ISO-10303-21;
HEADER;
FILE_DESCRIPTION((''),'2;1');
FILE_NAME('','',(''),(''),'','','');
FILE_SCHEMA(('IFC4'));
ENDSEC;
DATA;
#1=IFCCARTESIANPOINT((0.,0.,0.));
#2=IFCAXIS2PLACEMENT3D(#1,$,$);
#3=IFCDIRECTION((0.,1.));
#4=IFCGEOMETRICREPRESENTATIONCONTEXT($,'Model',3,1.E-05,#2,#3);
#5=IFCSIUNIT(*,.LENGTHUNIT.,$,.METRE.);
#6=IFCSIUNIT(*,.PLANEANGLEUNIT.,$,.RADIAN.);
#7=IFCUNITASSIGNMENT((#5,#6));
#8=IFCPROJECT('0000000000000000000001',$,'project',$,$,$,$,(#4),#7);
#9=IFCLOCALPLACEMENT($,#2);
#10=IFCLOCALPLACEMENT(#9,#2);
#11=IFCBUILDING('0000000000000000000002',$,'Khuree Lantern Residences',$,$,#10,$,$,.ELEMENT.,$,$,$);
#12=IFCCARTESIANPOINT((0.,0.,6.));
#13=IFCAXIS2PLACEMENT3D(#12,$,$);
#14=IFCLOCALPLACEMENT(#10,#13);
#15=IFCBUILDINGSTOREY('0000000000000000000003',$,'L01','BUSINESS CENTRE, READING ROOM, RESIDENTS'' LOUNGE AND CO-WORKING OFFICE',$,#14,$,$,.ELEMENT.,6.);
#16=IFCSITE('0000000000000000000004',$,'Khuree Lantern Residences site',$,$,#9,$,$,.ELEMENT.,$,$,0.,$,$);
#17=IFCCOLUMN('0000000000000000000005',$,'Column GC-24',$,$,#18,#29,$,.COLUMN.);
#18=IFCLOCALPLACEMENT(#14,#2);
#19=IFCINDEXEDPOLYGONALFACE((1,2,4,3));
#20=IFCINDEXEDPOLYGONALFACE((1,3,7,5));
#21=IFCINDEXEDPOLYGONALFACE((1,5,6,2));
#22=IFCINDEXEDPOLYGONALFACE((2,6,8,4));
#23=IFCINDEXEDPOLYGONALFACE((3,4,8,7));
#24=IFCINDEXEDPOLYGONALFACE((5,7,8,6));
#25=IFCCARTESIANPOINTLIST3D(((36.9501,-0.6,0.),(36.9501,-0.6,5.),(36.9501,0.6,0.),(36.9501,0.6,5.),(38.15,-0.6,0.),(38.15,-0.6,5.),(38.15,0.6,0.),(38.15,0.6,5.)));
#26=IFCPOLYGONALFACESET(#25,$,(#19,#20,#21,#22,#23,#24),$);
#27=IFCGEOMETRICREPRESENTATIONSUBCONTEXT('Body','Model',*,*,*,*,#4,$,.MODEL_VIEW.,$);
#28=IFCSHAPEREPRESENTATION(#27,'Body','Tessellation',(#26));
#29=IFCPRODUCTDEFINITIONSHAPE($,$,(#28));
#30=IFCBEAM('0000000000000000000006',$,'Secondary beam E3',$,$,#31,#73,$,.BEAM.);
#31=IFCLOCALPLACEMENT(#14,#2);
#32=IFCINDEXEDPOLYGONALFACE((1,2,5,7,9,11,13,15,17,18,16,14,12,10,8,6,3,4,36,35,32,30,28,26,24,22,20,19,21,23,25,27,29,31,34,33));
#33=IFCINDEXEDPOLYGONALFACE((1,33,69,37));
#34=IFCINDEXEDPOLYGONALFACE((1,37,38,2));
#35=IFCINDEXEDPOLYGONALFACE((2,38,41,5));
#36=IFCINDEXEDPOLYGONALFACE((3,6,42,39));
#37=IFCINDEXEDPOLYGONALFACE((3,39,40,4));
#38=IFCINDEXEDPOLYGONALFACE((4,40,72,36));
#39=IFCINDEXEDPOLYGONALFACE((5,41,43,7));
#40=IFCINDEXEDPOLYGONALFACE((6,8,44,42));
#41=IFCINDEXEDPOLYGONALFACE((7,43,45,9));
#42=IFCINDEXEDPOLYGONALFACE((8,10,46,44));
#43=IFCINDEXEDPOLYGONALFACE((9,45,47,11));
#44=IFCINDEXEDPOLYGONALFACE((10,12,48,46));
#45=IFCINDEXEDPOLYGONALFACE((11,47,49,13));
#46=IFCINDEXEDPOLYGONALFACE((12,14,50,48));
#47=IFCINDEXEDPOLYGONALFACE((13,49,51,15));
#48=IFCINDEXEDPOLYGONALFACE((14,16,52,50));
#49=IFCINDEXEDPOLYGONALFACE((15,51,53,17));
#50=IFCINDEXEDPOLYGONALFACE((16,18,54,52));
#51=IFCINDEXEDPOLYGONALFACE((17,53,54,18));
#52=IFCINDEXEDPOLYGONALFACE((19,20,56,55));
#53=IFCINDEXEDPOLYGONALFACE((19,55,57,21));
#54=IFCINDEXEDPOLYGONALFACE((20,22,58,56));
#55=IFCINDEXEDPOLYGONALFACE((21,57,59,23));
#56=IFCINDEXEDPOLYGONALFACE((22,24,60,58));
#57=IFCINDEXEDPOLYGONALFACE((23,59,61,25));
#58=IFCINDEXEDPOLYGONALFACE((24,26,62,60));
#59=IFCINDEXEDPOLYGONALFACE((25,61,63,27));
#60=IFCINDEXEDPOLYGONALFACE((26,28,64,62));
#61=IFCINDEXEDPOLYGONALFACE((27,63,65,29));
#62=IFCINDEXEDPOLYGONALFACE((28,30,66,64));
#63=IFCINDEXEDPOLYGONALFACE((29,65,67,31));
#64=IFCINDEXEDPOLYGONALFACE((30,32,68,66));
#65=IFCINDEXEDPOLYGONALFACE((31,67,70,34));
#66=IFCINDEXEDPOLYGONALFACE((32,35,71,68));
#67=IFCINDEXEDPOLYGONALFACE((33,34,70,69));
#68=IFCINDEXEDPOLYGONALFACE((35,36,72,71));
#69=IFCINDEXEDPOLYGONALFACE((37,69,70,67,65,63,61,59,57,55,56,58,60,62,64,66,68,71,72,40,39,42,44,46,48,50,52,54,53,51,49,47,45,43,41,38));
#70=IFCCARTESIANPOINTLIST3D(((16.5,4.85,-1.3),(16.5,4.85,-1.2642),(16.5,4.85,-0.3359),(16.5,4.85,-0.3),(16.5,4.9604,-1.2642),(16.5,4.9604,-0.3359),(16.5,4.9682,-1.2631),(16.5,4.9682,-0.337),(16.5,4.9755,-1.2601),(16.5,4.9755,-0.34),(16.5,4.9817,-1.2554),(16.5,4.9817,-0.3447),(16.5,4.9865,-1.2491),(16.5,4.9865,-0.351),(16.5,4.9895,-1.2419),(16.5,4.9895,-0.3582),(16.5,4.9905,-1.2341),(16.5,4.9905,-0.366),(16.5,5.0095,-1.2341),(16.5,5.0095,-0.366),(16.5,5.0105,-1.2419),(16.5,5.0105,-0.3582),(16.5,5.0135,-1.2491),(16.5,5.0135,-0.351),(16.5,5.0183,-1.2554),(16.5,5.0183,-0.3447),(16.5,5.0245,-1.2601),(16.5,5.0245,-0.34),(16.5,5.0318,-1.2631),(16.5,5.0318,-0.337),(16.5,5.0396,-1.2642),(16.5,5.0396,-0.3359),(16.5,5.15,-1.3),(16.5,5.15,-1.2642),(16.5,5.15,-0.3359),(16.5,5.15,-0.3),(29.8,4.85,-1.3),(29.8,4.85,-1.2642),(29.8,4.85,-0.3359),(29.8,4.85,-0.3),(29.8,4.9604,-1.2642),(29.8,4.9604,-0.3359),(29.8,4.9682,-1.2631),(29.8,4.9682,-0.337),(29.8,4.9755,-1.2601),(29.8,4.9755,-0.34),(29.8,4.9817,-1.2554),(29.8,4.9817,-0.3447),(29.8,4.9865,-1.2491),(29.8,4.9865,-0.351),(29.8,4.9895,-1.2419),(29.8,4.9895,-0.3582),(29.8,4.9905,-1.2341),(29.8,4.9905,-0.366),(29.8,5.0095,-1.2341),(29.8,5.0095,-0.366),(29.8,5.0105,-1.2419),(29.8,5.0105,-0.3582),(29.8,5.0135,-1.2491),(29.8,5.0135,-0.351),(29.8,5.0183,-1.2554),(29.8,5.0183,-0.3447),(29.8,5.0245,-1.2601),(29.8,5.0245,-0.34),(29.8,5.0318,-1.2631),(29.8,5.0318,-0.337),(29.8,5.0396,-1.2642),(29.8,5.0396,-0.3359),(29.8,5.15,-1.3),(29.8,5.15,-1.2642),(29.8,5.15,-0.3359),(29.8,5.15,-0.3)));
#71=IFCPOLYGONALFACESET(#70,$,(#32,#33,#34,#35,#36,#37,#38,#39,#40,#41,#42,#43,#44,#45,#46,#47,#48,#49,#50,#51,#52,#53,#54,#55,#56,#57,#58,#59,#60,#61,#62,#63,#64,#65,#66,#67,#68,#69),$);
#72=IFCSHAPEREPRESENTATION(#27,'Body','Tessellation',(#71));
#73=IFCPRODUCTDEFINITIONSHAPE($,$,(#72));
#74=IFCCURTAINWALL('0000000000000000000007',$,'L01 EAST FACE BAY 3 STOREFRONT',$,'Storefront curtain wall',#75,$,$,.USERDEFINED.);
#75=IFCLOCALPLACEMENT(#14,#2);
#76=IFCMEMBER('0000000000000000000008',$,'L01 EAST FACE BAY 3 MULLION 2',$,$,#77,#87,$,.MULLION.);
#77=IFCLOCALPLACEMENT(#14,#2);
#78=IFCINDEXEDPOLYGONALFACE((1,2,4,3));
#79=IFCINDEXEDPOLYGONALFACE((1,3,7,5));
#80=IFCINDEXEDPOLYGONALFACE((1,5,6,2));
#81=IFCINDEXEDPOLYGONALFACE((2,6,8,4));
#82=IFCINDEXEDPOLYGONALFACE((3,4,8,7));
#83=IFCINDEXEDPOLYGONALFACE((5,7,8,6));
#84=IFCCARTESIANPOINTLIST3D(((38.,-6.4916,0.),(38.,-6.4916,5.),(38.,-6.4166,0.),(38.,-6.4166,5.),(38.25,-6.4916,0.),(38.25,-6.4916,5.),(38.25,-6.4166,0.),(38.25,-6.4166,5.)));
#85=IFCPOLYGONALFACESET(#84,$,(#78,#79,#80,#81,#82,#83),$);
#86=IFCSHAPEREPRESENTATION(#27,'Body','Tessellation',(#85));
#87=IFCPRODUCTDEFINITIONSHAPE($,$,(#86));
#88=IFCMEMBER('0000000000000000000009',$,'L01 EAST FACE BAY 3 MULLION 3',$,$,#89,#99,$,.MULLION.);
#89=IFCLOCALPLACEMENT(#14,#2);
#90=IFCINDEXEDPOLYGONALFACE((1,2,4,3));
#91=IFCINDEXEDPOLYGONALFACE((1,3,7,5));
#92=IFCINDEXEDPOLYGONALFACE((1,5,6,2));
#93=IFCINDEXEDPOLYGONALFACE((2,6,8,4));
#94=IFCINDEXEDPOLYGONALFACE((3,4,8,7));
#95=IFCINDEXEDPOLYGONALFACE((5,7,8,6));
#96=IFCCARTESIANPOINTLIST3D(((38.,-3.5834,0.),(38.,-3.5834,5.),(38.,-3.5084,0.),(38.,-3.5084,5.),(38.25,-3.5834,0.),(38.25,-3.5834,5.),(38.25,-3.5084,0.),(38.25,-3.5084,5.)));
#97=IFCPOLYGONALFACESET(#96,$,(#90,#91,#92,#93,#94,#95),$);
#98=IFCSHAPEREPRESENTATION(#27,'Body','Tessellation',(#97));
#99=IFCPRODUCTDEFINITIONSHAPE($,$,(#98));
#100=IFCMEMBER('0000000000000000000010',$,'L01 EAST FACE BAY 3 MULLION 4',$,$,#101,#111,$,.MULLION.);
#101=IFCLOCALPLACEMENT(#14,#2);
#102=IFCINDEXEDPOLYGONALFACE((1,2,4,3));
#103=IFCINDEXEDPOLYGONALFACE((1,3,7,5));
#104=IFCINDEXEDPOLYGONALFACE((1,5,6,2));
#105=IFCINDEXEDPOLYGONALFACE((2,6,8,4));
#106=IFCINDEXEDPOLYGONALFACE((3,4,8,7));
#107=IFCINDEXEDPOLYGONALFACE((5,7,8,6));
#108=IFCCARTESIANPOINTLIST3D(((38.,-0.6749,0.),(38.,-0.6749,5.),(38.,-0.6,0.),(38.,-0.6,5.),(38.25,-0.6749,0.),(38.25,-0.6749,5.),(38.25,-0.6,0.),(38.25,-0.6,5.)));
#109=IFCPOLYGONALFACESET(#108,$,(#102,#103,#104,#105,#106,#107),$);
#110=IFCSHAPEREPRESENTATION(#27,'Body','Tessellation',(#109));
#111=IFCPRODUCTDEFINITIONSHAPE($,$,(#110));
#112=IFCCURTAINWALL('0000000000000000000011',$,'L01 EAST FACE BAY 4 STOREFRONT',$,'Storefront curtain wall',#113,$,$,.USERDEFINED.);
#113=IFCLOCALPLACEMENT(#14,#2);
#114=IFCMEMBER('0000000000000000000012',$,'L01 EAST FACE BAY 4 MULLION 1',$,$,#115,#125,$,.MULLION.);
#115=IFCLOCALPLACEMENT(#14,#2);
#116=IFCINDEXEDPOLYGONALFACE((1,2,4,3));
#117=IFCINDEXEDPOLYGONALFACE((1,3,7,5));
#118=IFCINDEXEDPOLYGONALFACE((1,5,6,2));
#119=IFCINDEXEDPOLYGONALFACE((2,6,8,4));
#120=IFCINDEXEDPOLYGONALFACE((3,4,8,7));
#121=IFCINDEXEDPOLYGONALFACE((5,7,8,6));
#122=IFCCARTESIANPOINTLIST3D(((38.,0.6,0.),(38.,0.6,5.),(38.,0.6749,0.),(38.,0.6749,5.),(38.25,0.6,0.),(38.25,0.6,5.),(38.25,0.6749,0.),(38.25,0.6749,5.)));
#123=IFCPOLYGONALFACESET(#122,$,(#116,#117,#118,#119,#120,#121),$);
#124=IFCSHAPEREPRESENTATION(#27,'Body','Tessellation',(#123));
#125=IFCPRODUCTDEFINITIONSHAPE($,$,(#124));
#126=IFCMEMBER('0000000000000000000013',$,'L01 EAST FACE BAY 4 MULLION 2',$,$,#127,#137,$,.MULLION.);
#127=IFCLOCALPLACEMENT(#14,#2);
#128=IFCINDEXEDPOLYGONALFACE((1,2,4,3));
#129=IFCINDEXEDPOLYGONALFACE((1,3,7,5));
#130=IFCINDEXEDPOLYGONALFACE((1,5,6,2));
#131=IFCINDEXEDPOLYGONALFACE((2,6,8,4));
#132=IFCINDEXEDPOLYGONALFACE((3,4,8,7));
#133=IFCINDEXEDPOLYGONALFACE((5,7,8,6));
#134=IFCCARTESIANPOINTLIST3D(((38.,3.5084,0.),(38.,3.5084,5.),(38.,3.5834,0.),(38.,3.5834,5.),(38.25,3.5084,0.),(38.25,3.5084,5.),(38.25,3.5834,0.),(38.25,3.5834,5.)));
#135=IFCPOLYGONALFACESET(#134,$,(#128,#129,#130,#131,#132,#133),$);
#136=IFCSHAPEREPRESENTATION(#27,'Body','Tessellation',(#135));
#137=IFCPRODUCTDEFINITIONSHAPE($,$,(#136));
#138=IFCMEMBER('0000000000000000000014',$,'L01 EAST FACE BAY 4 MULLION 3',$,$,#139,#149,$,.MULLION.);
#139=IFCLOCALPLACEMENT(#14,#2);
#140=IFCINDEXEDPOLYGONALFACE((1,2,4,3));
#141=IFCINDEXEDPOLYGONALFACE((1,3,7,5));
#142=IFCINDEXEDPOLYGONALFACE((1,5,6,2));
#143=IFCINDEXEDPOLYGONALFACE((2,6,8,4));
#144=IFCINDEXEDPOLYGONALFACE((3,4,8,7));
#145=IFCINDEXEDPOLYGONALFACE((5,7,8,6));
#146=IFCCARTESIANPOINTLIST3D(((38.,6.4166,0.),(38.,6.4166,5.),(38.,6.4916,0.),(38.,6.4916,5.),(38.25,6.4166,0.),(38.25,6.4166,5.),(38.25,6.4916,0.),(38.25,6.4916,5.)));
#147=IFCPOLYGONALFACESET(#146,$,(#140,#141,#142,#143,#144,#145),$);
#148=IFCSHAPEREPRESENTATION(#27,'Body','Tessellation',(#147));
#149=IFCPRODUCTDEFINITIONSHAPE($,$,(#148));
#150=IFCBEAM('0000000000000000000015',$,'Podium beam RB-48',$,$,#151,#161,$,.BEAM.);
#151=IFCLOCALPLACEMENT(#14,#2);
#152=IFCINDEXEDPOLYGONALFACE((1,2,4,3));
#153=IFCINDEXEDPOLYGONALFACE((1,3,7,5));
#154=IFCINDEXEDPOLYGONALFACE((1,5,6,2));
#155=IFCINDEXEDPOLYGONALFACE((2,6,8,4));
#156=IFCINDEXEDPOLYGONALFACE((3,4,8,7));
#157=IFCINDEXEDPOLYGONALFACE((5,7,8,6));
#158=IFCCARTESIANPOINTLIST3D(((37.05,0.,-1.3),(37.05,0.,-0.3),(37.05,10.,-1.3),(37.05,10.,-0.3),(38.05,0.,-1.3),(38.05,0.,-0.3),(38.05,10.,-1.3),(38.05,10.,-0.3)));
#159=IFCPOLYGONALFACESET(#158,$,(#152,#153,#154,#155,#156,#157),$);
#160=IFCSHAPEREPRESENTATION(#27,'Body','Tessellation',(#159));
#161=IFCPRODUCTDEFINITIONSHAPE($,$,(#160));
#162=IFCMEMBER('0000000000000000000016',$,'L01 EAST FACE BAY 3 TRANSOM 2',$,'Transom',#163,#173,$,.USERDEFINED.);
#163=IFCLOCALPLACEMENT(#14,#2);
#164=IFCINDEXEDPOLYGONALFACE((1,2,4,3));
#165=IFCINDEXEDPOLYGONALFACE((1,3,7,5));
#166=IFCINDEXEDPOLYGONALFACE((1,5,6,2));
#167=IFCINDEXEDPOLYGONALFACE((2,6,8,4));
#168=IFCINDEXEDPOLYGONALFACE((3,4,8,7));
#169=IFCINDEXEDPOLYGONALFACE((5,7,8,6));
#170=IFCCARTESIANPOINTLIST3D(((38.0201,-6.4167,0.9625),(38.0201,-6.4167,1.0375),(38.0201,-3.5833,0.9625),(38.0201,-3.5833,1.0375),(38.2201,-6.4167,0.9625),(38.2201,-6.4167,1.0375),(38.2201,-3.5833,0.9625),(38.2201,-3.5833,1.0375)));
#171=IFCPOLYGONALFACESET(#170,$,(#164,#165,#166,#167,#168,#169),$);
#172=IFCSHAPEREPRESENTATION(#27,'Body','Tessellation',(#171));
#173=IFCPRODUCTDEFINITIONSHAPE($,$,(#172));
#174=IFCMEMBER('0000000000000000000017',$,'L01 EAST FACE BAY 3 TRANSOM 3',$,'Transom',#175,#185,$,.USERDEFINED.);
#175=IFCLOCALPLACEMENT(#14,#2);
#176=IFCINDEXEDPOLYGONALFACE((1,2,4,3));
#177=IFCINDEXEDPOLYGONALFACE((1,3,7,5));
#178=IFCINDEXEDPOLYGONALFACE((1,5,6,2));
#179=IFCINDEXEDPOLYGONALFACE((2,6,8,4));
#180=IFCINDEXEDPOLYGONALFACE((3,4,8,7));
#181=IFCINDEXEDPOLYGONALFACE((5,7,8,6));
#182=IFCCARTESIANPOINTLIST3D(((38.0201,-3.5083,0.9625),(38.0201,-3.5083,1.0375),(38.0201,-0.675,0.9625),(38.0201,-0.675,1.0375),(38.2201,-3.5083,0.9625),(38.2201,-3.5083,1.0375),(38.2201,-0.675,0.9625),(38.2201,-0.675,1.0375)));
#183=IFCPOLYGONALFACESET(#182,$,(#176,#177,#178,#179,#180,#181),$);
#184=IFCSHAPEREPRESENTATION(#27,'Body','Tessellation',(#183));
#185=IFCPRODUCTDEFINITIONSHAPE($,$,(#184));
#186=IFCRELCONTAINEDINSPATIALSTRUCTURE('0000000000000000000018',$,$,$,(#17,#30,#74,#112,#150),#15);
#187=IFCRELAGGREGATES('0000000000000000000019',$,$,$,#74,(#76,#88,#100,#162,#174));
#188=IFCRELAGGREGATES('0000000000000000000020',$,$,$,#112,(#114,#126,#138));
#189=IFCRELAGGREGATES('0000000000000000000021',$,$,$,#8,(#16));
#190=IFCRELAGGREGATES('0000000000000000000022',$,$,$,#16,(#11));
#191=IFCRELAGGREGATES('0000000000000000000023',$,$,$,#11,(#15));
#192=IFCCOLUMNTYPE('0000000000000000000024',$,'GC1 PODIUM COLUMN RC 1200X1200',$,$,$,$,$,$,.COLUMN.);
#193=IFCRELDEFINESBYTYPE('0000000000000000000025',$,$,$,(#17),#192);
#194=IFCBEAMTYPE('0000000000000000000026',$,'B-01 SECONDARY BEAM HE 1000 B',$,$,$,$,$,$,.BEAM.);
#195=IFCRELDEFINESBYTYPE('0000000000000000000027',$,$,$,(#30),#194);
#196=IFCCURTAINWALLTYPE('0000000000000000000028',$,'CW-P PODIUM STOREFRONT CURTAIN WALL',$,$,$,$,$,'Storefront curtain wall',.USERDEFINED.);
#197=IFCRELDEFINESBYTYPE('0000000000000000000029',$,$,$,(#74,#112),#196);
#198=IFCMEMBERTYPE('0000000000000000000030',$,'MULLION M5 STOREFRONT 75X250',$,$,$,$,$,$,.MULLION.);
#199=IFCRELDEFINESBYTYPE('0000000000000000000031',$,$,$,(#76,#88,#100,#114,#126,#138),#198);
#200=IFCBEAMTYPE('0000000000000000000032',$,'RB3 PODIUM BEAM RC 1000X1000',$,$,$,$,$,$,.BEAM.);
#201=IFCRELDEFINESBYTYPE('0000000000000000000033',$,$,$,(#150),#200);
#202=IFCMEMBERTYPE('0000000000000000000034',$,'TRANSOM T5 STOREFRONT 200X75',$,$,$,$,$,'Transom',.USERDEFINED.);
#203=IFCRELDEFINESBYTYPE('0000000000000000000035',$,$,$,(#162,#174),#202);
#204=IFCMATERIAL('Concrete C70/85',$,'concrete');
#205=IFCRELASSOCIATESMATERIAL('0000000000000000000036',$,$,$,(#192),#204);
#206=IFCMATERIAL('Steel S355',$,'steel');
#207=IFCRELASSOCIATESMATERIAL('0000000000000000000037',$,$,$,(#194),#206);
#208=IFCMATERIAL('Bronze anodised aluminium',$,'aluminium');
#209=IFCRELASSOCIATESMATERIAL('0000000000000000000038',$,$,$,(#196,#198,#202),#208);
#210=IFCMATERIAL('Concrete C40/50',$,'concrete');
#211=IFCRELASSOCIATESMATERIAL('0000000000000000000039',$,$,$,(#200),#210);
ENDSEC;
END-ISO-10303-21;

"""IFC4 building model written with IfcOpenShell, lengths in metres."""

from ifc_helpers import new_model, si_unit, direction, frame, origin, origin_2d, place, context, subcontext, project, spatial, rectangle, i_section, extrude, material, material_profile, profile_set, type_object, element, aggregate, save


model = new_model("IFC4")

# Units and contexts
model_context = context("Model", 3, precision=1e-05, world=origin(), true_north=direction((0.0, 1.0)))
body_context = subcontext(model_context, "Body", "Model", "MODEL_VIEW")
ifc_project = project(units=[si_unit("LENGTHUNIT", "METRE"), si_unit("PLANEANGLEUNIT", "RADIAN")], contexts=[model_context])

# Site, building, storey
site_placement = place(None, origin())
site = spatial("IfcSite", under=ifc_project, at=site_placement, Name="Khuree Lantern Residences site", CompositionType="ELEMENT", RefElevation=0.0)
building_placement = place(site_placement, origin())
building = spatial("IfcBuilding", under=site, at=building_placement, Name="Khuree Lantern Residences", CompositionType="ELEMENT")
storey_placement = place(building_placement, frame((0.0, 0.0, 6.0)))
storey = spatial("IfcBuildingStorey", under=building, at=storey_placement, Name="L01", Description="BUSINESS CENTRE, READING ROOM, RESIDENTS' LOUNGE AND CO-WORKING OFFICE", CompositionType="ELEMENT", Elevation=6.0)

# Column
ifc_material_1 = material(Name="Concrete C70/85", Category="concrete")
ifc_material_profile_1 = material_profile(ifc_material_1, rectangle(XDim=1.2, YDim=1.2, at=origin_2d()), Name="RC 1200X1200")
ifc_profile_set_1 = profile_set([ifc_material_profile_1], Name="Concrete C70/85")
column_type = type_object("IfcColumnType", Name="GC1 PODIUM COLUMN RC 1200X1200", PredefinedType="COLUMN", material=ifc_profile_set_1)
column_placement = place(storey_placement, frame((37.55, 0.0, 0.0), z_axis=(0.0, 0.0, 1.0), x_axis=(1.0, 0.0, 0.0)))
element("IfcColumn", 1, at=column_placement, inside=storey, type_object=column_type, Name="Column GC-24", PredefinedType="COLUMN", context=body_context, shape_type="SweptSolid", body=[
    extrude(rectangle(XDim=1.2, YDim=1.2, at=origin_2d()), origin(), (0.0, 0.0, 1.0), 5.0),
])

# Beam
ifc_material_2 = material(Name="Steel S355", Category="steel")
ifc_material_profile_2 = material_profile(ifc_material_2, i_section(OverallWidth=0.3, OverallDepth=1.0, WebThickness=0.019, FlangeThickness=0.0359, FilletRadius=0.03, at=origin_2d()), Name="HE 1000 B")
ifc_profile_set_2 = profile_set([ifc_material_profile_2], Name="Steel S355")
beam_type_1 = type_object("IfcBeamType", Name="B-01 SECONDARY BEAM HE 1000 B", PredefinedType="BEAM", material=ifc_profile_set_2)
beam_1_placement = place(storey_placement, frame((29.8, 5.0, -0.8), z_axis=(-1.0, 0.0, 0.0), x_axis=(0.0, -1.0, 0.0)))
element("IfcBeam", 2, at=beam_1_placement, inside=storey, type_object=beam_type_1, Name="Secondary beam E3", PredefinedType="BEAM", context=body_context, shape_type="SweptSolid", body=[
    extrude(i_section(OverallWidth=0.3, OverallDepth=1.0, WebThickness=0.019, FlangeThickness=0.0359, FilletRadius=0.03, at=origin_2d()), origin(), (0.0, 0.0, 1.0), 13.3),
])

# Curtain walls, members
ifc_material_3 = material(Name="Bronze anodised aluminium", Category="aluminium")
curtain_wall_type = type_object("IfcCurtainWallType", Name="CW-P PODIUM STOREFRONT CURTAIN WALL", ElementType="Storefront curtain wall", PredefinedType="USERDEFINED", material=ifc_material_3)
curtain_wall_1_placement = place(storey_placement, origin())
curtain_wall_1 = element("IfcCurtainWall", 3, at=curtain_wall_1_placement, inside=storey, type_object=curtain_wall_type, Name="L01 EAST FACE BAY 3 STOREFRONT", ObjectType="Storefront curtain wall", PredefinedType="USERDEFINED")
ifc_material_profile_3 = material_profile(ifc_material_3, rectangle(XDim=0.075, YDim=0.25, at=origin_2d()), Name="M5 75X250")
ifc_profile_set_3 = profile_set([ifc_material_profile_3], Name="Bronze anodised aluminium")
member_type_1 = type_object("IfcMemberType", Name="MULLION M5 STOREFRONT 75X250", PredefinedType="MULLION", material=ifc_profile_set_3)
member_1_placement = place(storey_placement, frame((38.125, -6.4541, 0.0), z_axis=(0.0, 0.0, 1.0), x_axis=(0.0, 1.0, 0.0)))
member_1 = element("IfcMember", 4, at=member_1_placement, type_object=member_type_1, Name="L01 EAST FACE BAY 3 MULLION 2", PredefinedType="MULLION", context=body_context, shape_type="SweptSolid", body=[
    extrude(rectangle(XDim=0.075, YDim=0.25, at=origin_2d()), origin(), (0.0, 0.0, 1.0), 5.0),
])
member_2_placement = place(storey_placement, frame((38.125, -3.5459, 0.0), z_axis=(0.0, 0.0, 1.0), x_axis=(0.0, 1.0, 0.0)))
member_2 = element("IfcMember", 5, at=member_2_placement, type_object=member_type_1, Name="L01 EAST FACE BAY 3 MULLION 3", PredefinedType="MULLION", context=body_context, shape_type="SweptSolid", body=[
    extrude(rectangle(XDim=0.075, YDim=0.25, at=origin_2d()), origin(), (0.0, 0.0, 1.0), 5.0),
])
member_3_placement = place(storey_placement, frame((38.125, -0.6375, 0.0), z_axis=(0.0, 0.0, 1.0), x_axis=(0.0, 1.0, 0.0)))
member_3 = element("IfcMember", 6, at=member_3_placement, type_object=member_type_1, Name="L01 EAST FACE BAY 3 MULLION 4", PredefinedType="MULLION", context=body_context, shape_type="SweptSolid", body=[
    extrude(rectangle(XDim=0.075, YDim=0.25, at=origin_2d()), origin(), (0.0, 0.0, 1.0), 5.0),
])
curtain_wall_2_placement = place(storey_placement, origin())
curtain_wall_2 = element("IfcCurtainWall", 7, at=curtain_wall_2_placement, inside=storey, type_object=curtain_wall_type, Name="L01 EAST FACE BAY 4 STOREFRONT", ObjectType="Storefront curtain wall", PredefinedType="USERDEFINED")
member_4_placement = place(storey_placement, frame((38.125, 0.6375, 0.0), z_axis=(0.0, 0.0, 1.0), x_axis=(0.0, 1.0, 0.0)))
member_4 = element("IfcMember", 8, at=member_4_placement, type_object=member_type_1, Name="L01 EAST FACE BAY 4 MULLION 1", PredefinedType="MULLION", context=body_context, shape_type="SweptSolid", body=[
    extrude(rectangle(XDim=0.075, YDim=0.25, at=origin_2d()), origin(), (0.0, 0.0, 1.0), 5.0),
])
member_5_placement = place(storey_placement, frame((38.125, 3.5459, 0.0), z_axis=(0.0, 0.0, 1.0), x_axis=(0.0, 1.0, 0.0)))
member_5 = element("IfcMember", 9, at=member_5_placement, type_object=member_type_1, Name="L01 EAST FACE BAY 4 MULLION 2", PredefinedType="MULLION", context=body_context, shape_type="SweptSolid", body=[
    extrude(rectangle(XDim=0.075, YDim=0.25, at=origin_2d()), origin(), (0.0, 0.0, 1.0), 5.0),
])
member_6_placement = place(storey_placement, frame((38.125, 6.4541, 0.0), z_axis=(0.0, 0.0, 1.0), x_axis=(0.0, 1.0, 0.0)))
member_6 = element("IfcMember", 10, at=member_6_placement, type_object=member_type_1, Name="L01 EAST FACE BAY 4 MULLION 3", PredefinedType="MULLION", context=body_context, shape_type="SweptSolid", body=[
    extrude(rectangle(XDim=0.075, YDim=0.25, at=origin_2d()), origin(), (0.0, 0.0, 1.0), 5.0),
])

# Beam
ifc_material_4 = material(Name="Concrete C40/50", Category="concrete")
ifc_material_profile_4 = material_profile(ifc_material_4, rectangle(XDim=1.0, YDim=1.0, at=origin_2d()), Name="RC 1000X1000")
ifc_profile_set_4 = profile_set([ifc_material_profile_4], Name="Concrete C40/50")
beam_type_2 = type_object("IfcBeamType", Name="RB3 PODIUM BEAM RC 1000X1000", PredefinedType="BEAM", material=ifc_profile_set_4)
beam_2_placement = place(storey_placement, frame((37.55, 0.0, -0.8), z_axis=(0.0, 1.0, 0.0), x_axis=(-1.0, 0.0, 0.0)))
element("IfcBeam", 11, at=beam_2_placement, inside=storey, type_object=beam_type_2, Name="Podium beam RB-48", PredefinedType="BEAM", context=body_context, shape_type="SweptSolid", body=[
    extrude(rectangle(XDim=1.0, YDim=1.0, at=origin_2d()), origin(), (0.0, 0.0, 1.0), 10.0),
])

# Members
ifc_material_profile_5 = material_profile(ifc_material_3, rectangle(XDim=0.2, YDim=0.075, at=origin_2d()), Name="T5 200X75")
ifc_profile_set_5 = profile_set([ifc_material_profile_5], Name="Bronze anodised aluminium")
member_type_2 = type_object("IfcMemberType", Name="TRANSOM T5 STOREFRONT 200X75", ElementType="Transom", PredefinedType="USERDEFINED", material=ifc_profile_set_5)
member_7_placement = place(storey_placement, frame((38.1201, -6.4167, 1.0), z_axis=(0.0, 1.0, 0.0), x_axis=(-1.0, 0.0, 0.0)))
member_7 = element("IfcMember", 12, at=member_7_placement, type_object=member_type_2, Name="L01 EAST FACE BAY 3 TRANSOM 2", ObjectType="Transom", PredefinedType="USERDEFINED", context=body_context, shape_type="SweptSolid", body=[
    extrude(rectangle(XDim=0.2, YDim=0.075, at=origin_2d()), origin(), (0.0, 0.0, 1.0), 2.8335),
])
member_8_placement = place(storey_placement, frame((38.1201, -3.5083, 1.0), z_axis=(0.0, 1.0, 0.0), x_axis=(-1.0, 0.0, 0.0)))
member_8 = element("IfcMember", 13, at=member_8_placement, type_object=member_type_2, Name="L01 EAST FACE BAY 3 TRANSOM 3", ObjectType="Transom", PredefinedType="USERDEFINED", context=body_context, shape_type="SweptSolid", body=[
    extrude(rectangle(XDim=0.2, YDim=0.075, at=origin_2d()), origin(), (0.0, 0.0, 1.0), 2.8333),
])

aggregate(curtain_wall_1, [member_1, member_2, member_3, member_7, member_8])
aggregate(curtain_wall_2, [member_4, member_5, member_6])

save(model, "model.ifc")
